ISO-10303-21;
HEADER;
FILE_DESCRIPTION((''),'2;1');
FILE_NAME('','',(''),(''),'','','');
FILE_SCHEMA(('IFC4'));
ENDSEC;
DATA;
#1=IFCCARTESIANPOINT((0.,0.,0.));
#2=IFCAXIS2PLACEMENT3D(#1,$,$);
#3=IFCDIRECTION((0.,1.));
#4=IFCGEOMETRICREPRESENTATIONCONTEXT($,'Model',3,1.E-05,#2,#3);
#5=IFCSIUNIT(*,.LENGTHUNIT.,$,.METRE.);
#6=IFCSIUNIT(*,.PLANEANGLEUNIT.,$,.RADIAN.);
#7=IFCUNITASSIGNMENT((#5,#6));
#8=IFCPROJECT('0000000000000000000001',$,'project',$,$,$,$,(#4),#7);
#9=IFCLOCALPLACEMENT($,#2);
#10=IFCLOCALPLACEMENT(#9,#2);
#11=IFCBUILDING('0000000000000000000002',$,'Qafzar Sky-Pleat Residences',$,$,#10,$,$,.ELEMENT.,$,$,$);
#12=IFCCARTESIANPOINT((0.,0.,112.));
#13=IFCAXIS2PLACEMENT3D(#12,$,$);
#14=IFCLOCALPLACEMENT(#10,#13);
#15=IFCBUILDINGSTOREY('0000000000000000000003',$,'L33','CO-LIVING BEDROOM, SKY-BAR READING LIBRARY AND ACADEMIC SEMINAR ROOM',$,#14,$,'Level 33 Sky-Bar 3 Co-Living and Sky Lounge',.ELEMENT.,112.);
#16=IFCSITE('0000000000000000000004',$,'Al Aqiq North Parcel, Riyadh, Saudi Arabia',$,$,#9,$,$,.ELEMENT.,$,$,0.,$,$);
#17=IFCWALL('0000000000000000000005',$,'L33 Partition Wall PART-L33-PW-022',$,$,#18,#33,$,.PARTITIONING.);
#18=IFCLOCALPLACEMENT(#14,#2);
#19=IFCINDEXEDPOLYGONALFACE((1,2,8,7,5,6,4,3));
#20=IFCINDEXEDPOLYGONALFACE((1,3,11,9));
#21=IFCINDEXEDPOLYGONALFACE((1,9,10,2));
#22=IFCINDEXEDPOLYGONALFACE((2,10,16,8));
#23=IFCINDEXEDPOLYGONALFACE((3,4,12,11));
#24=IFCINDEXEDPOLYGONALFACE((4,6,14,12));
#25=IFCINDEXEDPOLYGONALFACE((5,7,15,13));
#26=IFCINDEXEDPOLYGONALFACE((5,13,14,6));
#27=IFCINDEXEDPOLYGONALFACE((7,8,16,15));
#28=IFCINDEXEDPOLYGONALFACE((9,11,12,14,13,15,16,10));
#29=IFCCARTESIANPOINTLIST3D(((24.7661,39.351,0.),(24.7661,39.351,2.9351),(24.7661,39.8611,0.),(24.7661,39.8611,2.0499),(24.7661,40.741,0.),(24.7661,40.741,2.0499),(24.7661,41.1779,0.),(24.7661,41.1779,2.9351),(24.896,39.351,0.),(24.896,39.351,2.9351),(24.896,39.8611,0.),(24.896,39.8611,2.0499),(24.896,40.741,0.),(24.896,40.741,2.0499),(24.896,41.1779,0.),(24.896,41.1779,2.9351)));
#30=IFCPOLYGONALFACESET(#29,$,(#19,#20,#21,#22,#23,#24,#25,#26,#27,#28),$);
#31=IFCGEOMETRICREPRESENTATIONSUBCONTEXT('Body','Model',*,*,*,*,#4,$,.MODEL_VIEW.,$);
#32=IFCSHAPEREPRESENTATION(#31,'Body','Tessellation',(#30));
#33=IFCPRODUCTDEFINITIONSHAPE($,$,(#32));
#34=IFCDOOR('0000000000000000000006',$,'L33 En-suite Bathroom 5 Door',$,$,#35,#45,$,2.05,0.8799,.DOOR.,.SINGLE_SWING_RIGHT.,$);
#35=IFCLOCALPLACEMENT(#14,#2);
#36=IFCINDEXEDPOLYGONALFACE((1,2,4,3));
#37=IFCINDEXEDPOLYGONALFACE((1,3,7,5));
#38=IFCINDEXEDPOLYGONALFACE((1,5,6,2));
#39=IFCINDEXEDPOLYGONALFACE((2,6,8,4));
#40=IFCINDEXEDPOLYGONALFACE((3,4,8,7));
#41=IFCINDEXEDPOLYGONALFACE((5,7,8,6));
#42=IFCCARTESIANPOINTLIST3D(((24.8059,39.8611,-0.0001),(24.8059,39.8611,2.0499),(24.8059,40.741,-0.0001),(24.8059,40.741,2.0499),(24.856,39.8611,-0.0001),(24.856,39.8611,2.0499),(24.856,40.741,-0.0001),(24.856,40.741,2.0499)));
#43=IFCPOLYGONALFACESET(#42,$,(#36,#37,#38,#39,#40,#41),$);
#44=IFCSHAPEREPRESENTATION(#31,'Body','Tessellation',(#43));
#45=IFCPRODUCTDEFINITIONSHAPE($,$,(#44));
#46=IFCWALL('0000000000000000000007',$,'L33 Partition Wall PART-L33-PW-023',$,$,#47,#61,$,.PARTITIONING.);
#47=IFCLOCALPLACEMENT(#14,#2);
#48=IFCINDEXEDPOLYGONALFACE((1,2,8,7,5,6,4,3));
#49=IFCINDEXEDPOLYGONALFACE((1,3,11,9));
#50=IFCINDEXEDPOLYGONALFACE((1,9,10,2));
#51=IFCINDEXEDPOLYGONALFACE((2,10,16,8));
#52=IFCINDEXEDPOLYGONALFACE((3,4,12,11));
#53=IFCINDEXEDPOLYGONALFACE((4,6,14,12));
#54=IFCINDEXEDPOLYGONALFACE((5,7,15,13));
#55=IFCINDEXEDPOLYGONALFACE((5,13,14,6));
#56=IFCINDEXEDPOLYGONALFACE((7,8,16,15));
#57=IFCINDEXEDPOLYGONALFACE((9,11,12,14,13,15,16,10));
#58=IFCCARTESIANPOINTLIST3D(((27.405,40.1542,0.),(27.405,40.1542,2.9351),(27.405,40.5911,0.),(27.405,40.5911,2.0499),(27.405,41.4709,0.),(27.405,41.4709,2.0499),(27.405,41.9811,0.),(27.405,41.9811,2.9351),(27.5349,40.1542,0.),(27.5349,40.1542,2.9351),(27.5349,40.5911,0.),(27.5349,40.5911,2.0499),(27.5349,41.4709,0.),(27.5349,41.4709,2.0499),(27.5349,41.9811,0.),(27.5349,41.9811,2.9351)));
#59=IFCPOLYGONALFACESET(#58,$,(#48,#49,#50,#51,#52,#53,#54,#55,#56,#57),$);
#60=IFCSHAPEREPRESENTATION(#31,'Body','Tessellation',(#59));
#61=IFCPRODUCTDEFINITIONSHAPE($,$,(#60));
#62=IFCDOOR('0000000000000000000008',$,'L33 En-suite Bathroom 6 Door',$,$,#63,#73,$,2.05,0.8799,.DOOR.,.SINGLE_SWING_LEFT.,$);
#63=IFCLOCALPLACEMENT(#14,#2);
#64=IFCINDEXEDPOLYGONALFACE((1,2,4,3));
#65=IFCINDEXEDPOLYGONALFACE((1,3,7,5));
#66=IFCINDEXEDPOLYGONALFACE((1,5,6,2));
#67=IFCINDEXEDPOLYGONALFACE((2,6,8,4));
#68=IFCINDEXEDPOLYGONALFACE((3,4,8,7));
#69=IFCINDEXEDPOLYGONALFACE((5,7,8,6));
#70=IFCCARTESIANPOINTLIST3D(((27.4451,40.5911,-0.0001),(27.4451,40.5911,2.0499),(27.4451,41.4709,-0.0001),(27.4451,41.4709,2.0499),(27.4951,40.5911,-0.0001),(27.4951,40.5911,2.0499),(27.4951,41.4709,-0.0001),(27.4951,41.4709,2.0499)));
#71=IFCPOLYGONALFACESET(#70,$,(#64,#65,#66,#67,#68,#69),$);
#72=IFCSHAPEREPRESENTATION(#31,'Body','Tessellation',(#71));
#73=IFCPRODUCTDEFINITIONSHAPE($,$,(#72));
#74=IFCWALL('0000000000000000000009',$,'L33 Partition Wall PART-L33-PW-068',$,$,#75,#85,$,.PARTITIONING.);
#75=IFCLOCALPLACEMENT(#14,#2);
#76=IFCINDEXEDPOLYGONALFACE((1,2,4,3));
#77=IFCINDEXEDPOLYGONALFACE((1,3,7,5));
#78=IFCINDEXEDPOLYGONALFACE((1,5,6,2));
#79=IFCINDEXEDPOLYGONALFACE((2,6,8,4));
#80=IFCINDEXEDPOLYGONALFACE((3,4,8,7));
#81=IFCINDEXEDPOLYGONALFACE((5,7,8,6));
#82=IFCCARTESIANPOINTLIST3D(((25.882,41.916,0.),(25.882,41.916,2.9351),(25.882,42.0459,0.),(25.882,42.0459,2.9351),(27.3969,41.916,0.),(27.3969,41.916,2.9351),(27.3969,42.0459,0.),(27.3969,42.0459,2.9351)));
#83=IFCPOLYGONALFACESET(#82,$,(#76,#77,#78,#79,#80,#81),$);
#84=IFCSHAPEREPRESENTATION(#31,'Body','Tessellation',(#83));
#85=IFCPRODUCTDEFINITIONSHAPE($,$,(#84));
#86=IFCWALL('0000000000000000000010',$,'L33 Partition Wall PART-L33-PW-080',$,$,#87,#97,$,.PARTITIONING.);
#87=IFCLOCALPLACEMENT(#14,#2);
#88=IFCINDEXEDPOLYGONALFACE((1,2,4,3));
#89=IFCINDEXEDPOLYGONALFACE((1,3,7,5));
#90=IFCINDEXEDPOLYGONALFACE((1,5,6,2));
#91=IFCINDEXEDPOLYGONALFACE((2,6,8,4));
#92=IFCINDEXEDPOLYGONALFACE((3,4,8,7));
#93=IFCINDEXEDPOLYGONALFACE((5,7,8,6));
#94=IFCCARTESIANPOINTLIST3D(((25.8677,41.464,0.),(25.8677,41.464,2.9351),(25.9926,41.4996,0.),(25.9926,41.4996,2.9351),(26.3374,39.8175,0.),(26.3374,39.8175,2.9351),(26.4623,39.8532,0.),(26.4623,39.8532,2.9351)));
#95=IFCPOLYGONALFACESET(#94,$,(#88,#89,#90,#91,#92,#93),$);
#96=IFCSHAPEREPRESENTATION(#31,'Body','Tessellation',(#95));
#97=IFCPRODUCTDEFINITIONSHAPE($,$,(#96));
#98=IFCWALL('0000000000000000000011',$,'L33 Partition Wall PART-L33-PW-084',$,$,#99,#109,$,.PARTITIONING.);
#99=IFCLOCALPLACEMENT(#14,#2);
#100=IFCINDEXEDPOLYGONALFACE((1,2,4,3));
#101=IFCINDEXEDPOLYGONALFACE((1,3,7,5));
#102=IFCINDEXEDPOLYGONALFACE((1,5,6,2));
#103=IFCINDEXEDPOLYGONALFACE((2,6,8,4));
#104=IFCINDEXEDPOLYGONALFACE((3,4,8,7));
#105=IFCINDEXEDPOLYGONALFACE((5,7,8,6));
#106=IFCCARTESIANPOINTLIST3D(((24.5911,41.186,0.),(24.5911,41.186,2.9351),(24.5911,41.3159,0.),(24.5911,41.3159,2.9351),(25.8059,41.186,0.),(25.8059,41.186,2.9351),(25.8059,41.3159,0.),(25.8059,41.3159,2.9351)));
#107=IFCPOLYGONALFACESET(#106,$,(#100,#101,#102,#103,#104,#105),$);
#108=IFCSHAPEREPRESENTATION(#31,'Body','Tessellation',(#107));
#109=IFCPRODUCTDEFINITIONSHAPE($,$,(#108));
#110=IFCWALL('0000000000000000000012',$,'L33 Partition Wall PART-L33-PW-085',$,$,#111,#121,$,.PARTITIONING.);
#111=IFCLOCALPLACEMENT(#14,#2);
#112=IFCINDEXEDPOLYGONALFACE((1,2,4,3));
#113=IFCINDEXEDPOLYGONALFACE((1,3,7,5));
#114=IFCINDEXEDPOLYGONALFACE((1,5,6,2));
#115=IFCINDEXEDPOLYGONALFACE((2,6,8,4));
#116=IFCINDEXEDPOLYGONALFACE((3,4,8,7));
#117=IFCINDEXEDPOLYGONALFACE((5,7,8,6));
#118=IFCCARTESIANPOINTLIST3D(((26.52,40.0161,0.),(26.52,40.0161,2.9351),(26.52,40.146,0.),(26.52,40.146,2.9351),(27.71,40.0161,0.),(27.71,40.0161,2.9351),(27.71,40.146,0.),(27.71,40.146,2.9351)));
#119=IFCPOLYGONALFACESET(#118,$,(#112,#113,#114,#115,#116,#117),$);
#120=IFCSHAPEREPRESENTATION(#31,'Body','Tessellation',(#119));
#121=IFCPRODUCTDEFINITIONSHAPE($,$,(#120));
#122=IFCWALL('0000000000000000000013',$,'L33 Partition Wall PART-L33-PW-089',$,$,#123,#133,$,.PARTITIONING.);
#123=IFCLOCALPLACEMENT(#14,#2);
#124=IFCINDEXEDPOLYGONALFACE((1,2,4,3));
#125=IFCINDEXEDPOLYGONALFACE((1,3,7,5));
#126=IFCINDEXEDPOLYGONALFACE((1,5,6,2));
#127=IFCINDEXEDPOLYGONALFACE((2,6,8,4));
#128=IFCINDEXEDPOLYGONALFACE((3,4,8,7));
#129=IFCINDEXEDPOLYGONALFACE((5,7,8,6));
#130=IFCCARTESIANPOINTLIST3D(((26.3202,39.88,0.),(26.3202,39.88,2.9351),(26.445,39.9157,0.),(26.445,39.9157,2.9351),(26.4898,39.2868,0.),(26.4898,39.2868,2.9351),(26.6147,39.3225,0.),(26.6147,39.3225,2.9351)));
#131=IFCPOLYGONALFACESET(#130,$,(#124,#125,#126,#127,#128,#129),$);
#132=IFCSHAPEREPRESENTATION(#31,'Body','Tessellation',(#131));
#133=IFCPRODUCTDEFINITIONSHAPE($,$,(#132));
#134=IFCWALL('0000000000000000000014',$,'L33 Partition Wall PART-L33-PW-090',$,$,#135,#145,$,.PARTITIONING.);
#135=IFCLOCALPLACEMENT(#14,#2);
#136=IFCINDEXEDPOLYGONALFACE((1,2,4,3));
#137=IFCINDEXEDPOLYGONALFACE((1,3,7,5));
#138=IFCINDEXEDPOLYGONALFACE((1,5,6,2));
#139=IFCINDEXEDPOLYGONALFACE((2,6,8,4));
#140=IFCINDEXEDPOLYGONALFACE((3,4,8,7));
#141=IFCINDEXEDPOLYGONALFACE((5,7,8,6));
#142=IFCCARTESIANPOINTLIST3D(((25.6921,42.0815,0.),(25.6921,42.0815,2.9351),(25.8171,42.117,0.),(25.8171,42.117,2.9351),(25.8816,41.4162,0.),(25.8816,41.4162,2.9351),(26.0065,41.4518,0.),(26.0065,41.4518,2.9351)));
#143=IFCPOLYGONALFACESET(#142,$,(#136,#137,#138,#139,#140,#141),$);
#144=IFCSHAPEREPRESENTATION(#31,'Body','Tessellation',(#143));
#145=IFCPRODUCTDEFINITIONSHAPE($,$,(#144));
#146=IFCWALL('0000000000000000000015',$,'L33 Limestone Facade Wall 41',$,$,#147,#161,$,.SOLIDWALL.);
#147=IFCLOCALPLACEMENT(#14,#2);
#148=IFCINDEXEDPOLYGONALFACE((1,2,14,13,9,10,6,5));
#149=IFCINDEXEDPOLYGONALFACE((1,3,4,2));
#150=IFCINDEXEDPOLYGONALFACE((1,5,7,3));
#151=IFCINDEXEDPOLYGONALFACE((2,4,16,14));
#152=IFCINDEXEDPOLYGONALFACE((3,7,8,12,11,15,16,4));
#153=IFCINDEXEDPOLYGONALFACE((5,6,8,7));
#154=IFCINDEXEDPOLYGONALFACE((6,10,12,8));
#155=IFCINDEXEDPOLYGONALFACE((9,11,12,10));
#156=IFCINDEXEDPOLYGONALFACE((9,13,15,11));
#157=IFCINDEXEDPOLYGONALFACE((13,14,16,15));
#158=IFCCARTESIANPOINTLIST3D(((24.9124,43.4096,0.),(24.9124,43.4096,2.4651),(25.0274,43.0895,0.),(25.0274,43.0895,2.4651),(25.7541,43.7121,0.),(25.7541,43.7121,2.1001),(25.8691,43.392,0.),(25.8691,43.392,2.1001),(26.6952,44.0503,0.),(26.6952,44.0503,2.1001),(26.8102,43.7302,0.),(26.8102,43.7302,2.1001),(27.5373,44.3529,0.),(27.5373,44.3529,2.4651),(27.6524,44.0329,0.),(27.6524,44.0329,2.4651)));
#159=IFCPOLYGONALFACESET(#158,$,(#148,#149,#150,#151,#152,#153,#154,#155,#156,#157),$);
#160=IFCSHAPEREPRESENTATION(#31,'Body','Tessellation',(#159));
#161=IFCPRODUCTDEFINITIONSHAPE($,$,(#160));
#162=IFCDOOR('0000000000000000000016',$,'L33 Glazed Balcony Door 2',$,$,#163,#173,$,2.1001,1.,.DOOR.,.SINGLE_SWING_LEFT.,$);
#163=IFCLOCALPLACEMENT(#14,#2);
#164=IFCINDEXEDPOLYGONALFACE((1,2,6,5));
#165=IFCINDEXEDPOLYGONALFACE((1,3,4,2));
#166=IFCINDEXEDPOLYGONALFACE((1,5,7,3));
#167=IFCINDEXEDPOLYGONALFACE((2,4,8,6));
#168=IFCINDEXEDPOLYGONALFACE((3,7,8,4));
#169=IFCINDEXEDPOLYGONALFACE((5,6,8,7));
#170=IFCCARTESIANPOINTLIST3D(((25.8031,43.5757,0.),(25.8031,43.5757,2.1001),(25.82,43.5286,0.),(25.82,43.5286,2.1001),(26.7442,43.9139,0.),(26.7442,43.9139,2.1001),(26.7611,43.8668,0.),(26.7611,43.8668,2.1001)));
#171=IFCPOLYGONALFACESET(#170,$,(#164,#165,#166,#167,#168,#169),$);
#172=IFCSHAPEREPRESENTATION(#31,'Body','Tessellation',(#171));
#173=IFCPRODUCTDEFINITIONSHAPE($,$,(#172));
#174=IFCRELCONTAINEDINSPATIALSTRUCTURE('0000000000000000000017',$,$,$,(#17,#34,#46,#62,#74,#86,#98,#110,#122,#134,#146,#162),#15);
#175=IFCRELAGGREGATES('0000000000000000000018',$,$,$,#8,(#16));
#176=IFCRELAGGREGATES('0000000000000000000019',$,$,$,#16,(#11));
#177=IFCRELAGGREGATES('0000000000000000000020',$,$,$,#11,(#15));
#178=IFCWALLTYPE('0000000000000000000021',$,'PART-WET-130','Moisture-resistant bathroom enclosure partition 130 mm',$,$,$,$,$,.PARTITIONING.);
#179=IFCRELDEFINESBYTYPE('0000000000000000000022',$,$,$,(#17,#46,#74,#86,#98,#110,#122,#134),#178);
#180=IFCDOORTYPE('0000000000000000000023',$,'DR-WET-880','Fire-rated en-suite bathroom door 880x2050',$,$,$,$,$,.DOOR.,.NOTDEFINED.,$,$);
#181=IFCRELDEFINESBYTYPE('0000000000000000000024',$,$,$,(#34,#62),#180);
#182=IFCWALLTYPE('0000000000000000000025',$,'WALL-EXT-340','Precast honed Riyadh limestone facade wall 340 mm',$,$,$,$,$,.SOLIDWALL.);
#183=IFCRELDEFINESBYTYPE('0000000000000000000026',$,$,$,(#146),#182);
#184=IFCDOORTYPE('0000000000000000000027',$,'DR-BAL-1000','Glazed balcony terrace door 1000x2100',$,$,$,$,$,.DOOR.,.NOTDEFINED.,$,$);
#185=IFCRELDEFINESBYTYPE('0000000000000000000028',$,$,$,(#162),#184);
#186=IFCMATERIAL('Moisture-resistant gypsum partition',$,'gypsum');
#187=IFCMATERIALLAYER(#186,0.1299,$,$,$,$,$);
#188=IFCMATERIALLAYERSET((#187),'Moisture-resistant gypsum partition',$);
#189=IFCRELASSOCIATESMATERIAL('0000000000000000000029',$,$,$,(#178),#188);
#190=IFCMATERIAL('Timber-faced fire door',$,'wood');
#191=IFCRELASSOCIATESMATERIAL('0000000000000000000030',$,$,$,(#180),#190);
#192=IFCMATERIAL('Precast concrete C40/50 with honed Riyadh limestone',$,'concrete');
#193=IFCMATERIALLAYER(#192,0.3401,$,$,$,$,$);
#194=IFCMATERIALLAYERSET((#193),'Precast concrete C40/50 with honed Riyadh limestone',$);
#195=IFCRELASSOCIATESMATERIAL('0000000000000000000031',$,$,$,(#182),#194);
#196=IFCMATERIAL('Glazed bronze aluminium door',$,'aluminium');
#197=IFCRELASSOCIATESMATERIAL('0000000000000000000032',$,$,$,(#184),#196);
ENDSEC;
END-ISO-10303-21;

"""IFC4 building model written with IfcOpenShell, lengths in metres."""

from ifc_helpers import new_model, si_unit, direction, frame, frame_2d, origin, place, context, subcontext, project, spatial, rectangle, extrude, source, transform, mapped, material, layer, layer_set, type_object, element, fill, save


model = new_model("IFC4")

# Units and contexts
model_context = context("Model", 3, precision=1e-05, world=origin(), true_north=direction((0.0, 1.0)))
body_context = subcontext(model_context, "Body", "Model", "MODEL_VIEW")
ifc_project = project(units=[si_unit("LENGTHUNIT", "METRE"), si_unit("PLANEANGLEUNIT", "RADIAN")], contexts=[model_context])

# Site, building, storey
site_placement = place(None, origin())
site = spatial("IfcSite", under=ifc_project, at=site_placement, Name="Al Aqiq North Parcel, Riyadh, Saudi Arabia", CompositionType="ELEMENT", RefElevation=0.0)
building_placement = place(site_placement, origin())
building = spatial("IfcBuilding", under=site, at=building_placement, Name="Qafzar Sky-Pleat Residences", CompositionType="ELEMENT")
storey_placement = place(building_placement, frame((0.0, 0.0, 112.0)))
storey = spatial("IfcBuildingStorey", under=building, at=storey_placement, Name="L33", Description="CO-LIVING BEDROOM, SKY-BAR READING LIBRARY AND ACADEMIC SEMINAR ROOM", LongName="Level 33 Sky-Bar 3 Co-Living and Sky Lounge", CompositionType="ELEMENT", Elevation=112.0)

# Walls, openings, doors
ifc_material_1 = material(Name="Moisture-resistant gypsum partition", Category="gypsum")
ifc_layer_1 = layer(ifc_material_1, 0.1299)
ifc_layer_set_1 = layer_set([ifc_layer_1], Name="Moisture-resistant gypsum partition")
wall_type_1 = type_object("IfcWallType", Name="PART-WET-130", Description="Moisture-resistant bathroom enclosure partition 130 mm", PredefinedType="PARTITIONING", material=ifc_layer_set_1)
wall_1_placement = place(storey_placement, frame((24.8311, 41.178, 0.0), z_axis=(0.0, 0.0, 1.0), x_axis=(0.0, -1.0, 0.0)))
wall_1 = element("IfcWall", 1, at=wall_1_placement, inside=storey, type_object=wall_type_1, Name="L33 Partition Wall PART-L33-PW-022", PredefinedType="PARTITIONING", context=body_context, shape_type="SweptSolid", body=[
    extrude(rectangle(XDim=1.8269, YDim=0.1299, at=frame_2d((0.9136, 0.0))), origin(), (0.0, 0.0, 1.0), 2.9351),
])
opening_1_placement = place(wall_1_placement, frame((0.437, 0.0, 0.0)))
opening_1 = element("IfcOpeningElement", 2, at=opening_1_placement, cuts=wall_1, PredefinedType="OPENING", context=body_context, shape_type="SweptSolid", body=[
    extrude(rectangle(XDim=0.8799, YDim=2.05, at=frame_2d((0.4399, 1.0249))), frame((0.0, 0.075, 0.0), z_axis=(0.0, -1.0, 0.0), x_axis=(1.0, 0.0, 0.0)), (0.0, 0.0, 1.0), 0.1499),
])
ifc_material_2 = material(Name="Timber-faced fire door", Category="wood")
door_type_1 = type_object("IfcDoorType", Name="DR-WET-880", Description="Fire-rated en-suite bathroom door 880x2050", OperationType="NOTDEFINED", PredefinedType="DOOR", material=ifc_material_2)
shared_shape_1 = source(origin(), body_context, "Body", "SweptSolid", [
    extrude(rectangle(XDim=0.8799, YDim=2.05, at=frame_2d((0.4399, 1.0249))), frame((0.0, 0.0249, 0.0), z_axis=(0.0, -1.0, 0.0), x_axis=(1.0, 0.0, 0.0)), (0.0, 0.0, 1.0), 0.05),
])
door_1_placement = place(opening_1_placement, origin())
door_1 = element("IfcDoor", 3, at=door_1_placement, inside=storey, type_object=door_type_1, Name="L33 En-suite Bathroom 5 Door", OperationType="SINGLE_SWING_RIGHT", OverallHeight=2.05, OverallWidth=0.8799, PredefinedType="DOOR", context=body_context, shape_type="MappedRepresentation", body=[
    mapped(shared_shape_1, transform((0.0, 0.0, 0.0), x_axis=(1.0, 0.0, 0.0), y_axis=(0.0, 1.0, 0.0), z_axis=(0.0, 0.0, 1.0), scale=1.0)),
])
fill(opening_1, door_1)
wall_2_placement = place(storey_placement, frame((27.47, 40.1541, 0.0), z_axis=(0.0, 0.0, 1.0), x_axis=(0.0, 1.0, 0.0)))
wall_2 = element("IfcWall", 4, at=wall_2_placement, inside=storey, type_object=wall_type_1, Name="L33 Partition Wall PART-L33-PW-023", PredefinedType="PARTITIONING", context=body_context, shape_type="SweptSolid", body=[
    extrude(rectangle(XDim=1.8269, YDim=0.1299, at=frame_2d((0.9136, 0.0))), origin(), (0.0, 0.0, 1.0), 2.9351),
])
opening_2_placement = place(wall_2_placement, frame((0.437, 0.0, 0.0)))
opening_2 = element("IfcOpeningElement", 5, at=opening_2_placement, cuts=wall_2, PredefinedType="OPENING", context=body_context, shape_type="SweptSolid", body=[
    extrude(rectangle(XDim=0.8799, YDim=2.05, at=frame_2d((0.4399, 1.0249))), frame((0.0, 0.075, 0.0), z_axis=(0.0, -1.0, 0.0), x_axis=(1.0, 0.0, 0.0)), (0.0, 0.0, 1.0), 0.1499),
])
door_2_placement = place(opening_2_placement, origin())
door_2 = element("IfcDoor", 6, at=door_2_placement, inside=storey, type_object=door_type_1, Name="L33 En-suite Bathroom 6 Door", OperationType="SINGLE_SWING_LEFT", OverallHeight=2.05, OverallWidth=0.8799, PredefinedType="DOOR", context=body_context, shape_type="MappedRepresentation", body=[
    mapped(shared_shape_1, transform((0.0, 0.0, 0.0), x_axis=(1.0, 0.0, 0.0), y_axis=(0.0, 1.0, 0.0), z_axis=(0.0, 0.0, 1.0), scale=1.0)),
])
fill(opening_2, door_2)

# Walls
wall_3_placement = place(storey_placement, frame((25.8821, 41.981, 0.0), z_axis=(0.0, 0.0, 1.0), x_axis=(1.0, 0.0, 0.0)))
element("IfcWall", 7, at=wall_3_placement, inside=storey, type_object=wall_type_1, Name="L33 Partition Wall PART-L33-PW-068", PredefinedType="PARTITIONING", context=body_context, shape_type="SweptSolid", body=[
    extrude(rectangle(XDim=1.5149, YDim=0.1299, at=frame_2d((0.7573, 0.0))), origin(), (0.0, 0.0, 1.0), 2.9351),
])
wall_4_placement = place(storey_placement, frame((25.9302, 41.4817, 0.0), z_axis=(0.0, 0.0, 1.0), x_axis=(0.274344, -0.961631, 0.0)))
element("IfcWall", 8, at=wall_4_placement, inside=storey, type_object=wall_type_1, Name="L33 Partition Wall PART-L33-PW-080", PredefinedType="PARTITIONING", context=body_context, shape_type="SweptSolid", body=[
    extrude(rectangle(XDim=1.7122, YDim=0.1299, at=frame_2d((0.856, 0.0))), origin(), (0.0, 0.0, 1.0), 2.9351),
])
wall_5_placement = place(storey_placement, frame((24.5911, 41.251, 0.0), z_axis=(0.0, 0.0, 1.0), x_axis=(1.0, 0.0, 0.0)))
element("IfcWall", 9, at=wall_5_placement, inside=storey, type_object=wall_type_1, Name="L33 Partition Wall PART-L33-PW-084", PredefinedType="PARTITIONING", context=body_context, shape_type="SweptSolid", body=[
    extrude(rectangle(XDim=1.2148, YDim=0.1299, at=frame_2d((0.6074, 0.0))), origin(), (0.0, 0.0, 1.0), 2.9351),
])
wall_6_placement = place(storey_placement, frame((26.52, 40.0811, 0.0), z_axis=(0.0, 0.0, 1.0), x_axis=(1.0, 0.0, 0.0)))
element("IfcWall", 10, at=wall_6_placement, inside=storey, type_object=wall_type_1, Name="L33 Partition Wall PART-L33-PW-085", PredefinedType="PARTITIONING", context=body_context, shape_type="SweptSolid", body=[
    extrude(rectangle(XDim=1.1899, YDim=0.1299, at=frame_2d((0.595, 0.0))), origin(), (0.0, 0.0, 1.0), 2.9351),
])
wall_7_placement = place(storey_placement, frame((26.3826, 39.8979, 0.0), z_axis=(0.0, 0.0, 1.0), x_axis=(0.274982, -0.961449, 0.0)))
element("IfcWall", 11, at=wall_7_placement, inside=storey, type_object=wall_type_1, Name="L33 Partition Wall PART-L33-PW-089", PredefinedType="PARTITIONING", context=body_context, shape_type="SweptSolid", body=[
    extrude(rectangle(XDim=0.6169, YDim=0.1299, at=frame_2d((0.3086, 0.0))), origin(), (0.0, 0.0, 1.0), 2.9351),
])
wall_8_placement = place(storey_placement, frame((25.7546, 42.0991, 0.0), z_axis=(0.0, 0.0, 1.0), x_axis=(0.273882, -0.961763, 0.0)))
element("IfcWall", 12, at=wall_8_placement, inside=storey, type_object=wall_type_1, Name="L33 Partition Wall PART-L33-PW-090", PredefinedType="PARTITIONING", context=body_context, shape_type="SweptSolid", body=[
    extrude(rectangle(XDim=0.6917, YDim=0.1299, at=frame_2d((0.3457, 0.0))), origin(), (0.0, 0.0, 1.0), 2.9351),
])

# Wall, opening, door
ifc_material_3 = material(Name="Precast concrete C40/50 with honed Riyadh limestone", Category="concrete")
ifc_layer_2 = layer(ifc_material_3, 0.3401)
ifc_layer_set_2 = layer_set([ifc_layer_2], Name="Precast concrete C40/50 with honed Riyadh limestone")
wall_type_2 = type_object("IfcWallType", Name="WALL-EXT-340", Description="Precast honed Riyadh limestone facade wall 340 mm", PredefinedType="SOLIDWALL", material=ifc_layer_set_2)
wall_9_placement = place(storey_placement, frame((27.5947, 44.1929, 0.0), z_axis=(0.0, 0.0, 1.0), x_axis=(-0.941075, -0.338199, 0.0)))
wall_9 = element("IfcWall", 13, at=wall_9_placement, inside=storey, type_object=wall_type_2, Name="L33 Limestone Facade Wall 41", PredefinedType="SOLIDWALL", context=body_context, shape_type="SweptSolid", body=[
    extrude(rectangle(XDim=2.7893, YDim=0.3401, at=frame_2d((1.3945, 0.0))), origin(), (0.0, 0.0, 1.0), 2.4651),
])
opening_3_placement = place(wall_9_placement, frame((0.8948, 0.0, 0.0)))
opening_3 = element("IfcOpeningElement", 14, at=opening_3_placement, cuts=wall_9, PredefinedType="OPENING", context=body_context, shape_type="SweptSolid", body=[
    extrude(rectangle(XDim=1.0, YDim=2.1001, at=frame_2d((0.5, 1.05))), frame((0.0, 0.1802, 0.0), z_axis=(0.0, -1.0, 0.0), x_axis=(1.0, 0.0, 0.0)), (0.0, 0.0, 1.0), 0.3601),
])
ifc_material_4 = material(Name="Glazed bronze aluminium door", Category="aluminium")
door_type_2 = type_object("IfcDoorType", Name="DR-BAL-1000", Description="Glazed balcony terrace door 1000x2100", OperationType="NOTDEFINED", PredefinedType="DOOR", material=ifc_material_4)
shared_shape_2 = source(origin(), body_context, "Body", "SweptSolid", [
    extrude(rectangle(XDim=1.0, YDim=2.1001, at=frame_2d((0.5, 1.05))), frame((0.0, 0.0249, 0.0), z_axis=(0.0, -1.0, 0.0), x_axis=(1.0, 0.0, 0.0)), (0.0, 0.0, 1.0), 0.05),
])
door_3_placement = place(opening_3_placement, origin())
door_3 = element("IfcDoor", 15, at=door_3_placement, inside=storey, type_object=door_type_2, Name="L33 Glazed Balcony Door 2", OperationType="SINGLE_SWING_LEFT", OverallHeight=2.1001, OverallWidth=1.0, PredefinedType="DOOR", context=body_context, shape_type="MappedRepresentation", body=[
    mapped(shared_shape_2, transform((0.0, 0.0, 0.0), x_axis=(1.0, 0.0, 0.0), y_axis=(0.0, 1.0, 0.0), z_axis=(0.0, 0.0, 1.0), scale=1.0)),
])
fill(opening_3, door_3)

save(model, "model.ifc")
